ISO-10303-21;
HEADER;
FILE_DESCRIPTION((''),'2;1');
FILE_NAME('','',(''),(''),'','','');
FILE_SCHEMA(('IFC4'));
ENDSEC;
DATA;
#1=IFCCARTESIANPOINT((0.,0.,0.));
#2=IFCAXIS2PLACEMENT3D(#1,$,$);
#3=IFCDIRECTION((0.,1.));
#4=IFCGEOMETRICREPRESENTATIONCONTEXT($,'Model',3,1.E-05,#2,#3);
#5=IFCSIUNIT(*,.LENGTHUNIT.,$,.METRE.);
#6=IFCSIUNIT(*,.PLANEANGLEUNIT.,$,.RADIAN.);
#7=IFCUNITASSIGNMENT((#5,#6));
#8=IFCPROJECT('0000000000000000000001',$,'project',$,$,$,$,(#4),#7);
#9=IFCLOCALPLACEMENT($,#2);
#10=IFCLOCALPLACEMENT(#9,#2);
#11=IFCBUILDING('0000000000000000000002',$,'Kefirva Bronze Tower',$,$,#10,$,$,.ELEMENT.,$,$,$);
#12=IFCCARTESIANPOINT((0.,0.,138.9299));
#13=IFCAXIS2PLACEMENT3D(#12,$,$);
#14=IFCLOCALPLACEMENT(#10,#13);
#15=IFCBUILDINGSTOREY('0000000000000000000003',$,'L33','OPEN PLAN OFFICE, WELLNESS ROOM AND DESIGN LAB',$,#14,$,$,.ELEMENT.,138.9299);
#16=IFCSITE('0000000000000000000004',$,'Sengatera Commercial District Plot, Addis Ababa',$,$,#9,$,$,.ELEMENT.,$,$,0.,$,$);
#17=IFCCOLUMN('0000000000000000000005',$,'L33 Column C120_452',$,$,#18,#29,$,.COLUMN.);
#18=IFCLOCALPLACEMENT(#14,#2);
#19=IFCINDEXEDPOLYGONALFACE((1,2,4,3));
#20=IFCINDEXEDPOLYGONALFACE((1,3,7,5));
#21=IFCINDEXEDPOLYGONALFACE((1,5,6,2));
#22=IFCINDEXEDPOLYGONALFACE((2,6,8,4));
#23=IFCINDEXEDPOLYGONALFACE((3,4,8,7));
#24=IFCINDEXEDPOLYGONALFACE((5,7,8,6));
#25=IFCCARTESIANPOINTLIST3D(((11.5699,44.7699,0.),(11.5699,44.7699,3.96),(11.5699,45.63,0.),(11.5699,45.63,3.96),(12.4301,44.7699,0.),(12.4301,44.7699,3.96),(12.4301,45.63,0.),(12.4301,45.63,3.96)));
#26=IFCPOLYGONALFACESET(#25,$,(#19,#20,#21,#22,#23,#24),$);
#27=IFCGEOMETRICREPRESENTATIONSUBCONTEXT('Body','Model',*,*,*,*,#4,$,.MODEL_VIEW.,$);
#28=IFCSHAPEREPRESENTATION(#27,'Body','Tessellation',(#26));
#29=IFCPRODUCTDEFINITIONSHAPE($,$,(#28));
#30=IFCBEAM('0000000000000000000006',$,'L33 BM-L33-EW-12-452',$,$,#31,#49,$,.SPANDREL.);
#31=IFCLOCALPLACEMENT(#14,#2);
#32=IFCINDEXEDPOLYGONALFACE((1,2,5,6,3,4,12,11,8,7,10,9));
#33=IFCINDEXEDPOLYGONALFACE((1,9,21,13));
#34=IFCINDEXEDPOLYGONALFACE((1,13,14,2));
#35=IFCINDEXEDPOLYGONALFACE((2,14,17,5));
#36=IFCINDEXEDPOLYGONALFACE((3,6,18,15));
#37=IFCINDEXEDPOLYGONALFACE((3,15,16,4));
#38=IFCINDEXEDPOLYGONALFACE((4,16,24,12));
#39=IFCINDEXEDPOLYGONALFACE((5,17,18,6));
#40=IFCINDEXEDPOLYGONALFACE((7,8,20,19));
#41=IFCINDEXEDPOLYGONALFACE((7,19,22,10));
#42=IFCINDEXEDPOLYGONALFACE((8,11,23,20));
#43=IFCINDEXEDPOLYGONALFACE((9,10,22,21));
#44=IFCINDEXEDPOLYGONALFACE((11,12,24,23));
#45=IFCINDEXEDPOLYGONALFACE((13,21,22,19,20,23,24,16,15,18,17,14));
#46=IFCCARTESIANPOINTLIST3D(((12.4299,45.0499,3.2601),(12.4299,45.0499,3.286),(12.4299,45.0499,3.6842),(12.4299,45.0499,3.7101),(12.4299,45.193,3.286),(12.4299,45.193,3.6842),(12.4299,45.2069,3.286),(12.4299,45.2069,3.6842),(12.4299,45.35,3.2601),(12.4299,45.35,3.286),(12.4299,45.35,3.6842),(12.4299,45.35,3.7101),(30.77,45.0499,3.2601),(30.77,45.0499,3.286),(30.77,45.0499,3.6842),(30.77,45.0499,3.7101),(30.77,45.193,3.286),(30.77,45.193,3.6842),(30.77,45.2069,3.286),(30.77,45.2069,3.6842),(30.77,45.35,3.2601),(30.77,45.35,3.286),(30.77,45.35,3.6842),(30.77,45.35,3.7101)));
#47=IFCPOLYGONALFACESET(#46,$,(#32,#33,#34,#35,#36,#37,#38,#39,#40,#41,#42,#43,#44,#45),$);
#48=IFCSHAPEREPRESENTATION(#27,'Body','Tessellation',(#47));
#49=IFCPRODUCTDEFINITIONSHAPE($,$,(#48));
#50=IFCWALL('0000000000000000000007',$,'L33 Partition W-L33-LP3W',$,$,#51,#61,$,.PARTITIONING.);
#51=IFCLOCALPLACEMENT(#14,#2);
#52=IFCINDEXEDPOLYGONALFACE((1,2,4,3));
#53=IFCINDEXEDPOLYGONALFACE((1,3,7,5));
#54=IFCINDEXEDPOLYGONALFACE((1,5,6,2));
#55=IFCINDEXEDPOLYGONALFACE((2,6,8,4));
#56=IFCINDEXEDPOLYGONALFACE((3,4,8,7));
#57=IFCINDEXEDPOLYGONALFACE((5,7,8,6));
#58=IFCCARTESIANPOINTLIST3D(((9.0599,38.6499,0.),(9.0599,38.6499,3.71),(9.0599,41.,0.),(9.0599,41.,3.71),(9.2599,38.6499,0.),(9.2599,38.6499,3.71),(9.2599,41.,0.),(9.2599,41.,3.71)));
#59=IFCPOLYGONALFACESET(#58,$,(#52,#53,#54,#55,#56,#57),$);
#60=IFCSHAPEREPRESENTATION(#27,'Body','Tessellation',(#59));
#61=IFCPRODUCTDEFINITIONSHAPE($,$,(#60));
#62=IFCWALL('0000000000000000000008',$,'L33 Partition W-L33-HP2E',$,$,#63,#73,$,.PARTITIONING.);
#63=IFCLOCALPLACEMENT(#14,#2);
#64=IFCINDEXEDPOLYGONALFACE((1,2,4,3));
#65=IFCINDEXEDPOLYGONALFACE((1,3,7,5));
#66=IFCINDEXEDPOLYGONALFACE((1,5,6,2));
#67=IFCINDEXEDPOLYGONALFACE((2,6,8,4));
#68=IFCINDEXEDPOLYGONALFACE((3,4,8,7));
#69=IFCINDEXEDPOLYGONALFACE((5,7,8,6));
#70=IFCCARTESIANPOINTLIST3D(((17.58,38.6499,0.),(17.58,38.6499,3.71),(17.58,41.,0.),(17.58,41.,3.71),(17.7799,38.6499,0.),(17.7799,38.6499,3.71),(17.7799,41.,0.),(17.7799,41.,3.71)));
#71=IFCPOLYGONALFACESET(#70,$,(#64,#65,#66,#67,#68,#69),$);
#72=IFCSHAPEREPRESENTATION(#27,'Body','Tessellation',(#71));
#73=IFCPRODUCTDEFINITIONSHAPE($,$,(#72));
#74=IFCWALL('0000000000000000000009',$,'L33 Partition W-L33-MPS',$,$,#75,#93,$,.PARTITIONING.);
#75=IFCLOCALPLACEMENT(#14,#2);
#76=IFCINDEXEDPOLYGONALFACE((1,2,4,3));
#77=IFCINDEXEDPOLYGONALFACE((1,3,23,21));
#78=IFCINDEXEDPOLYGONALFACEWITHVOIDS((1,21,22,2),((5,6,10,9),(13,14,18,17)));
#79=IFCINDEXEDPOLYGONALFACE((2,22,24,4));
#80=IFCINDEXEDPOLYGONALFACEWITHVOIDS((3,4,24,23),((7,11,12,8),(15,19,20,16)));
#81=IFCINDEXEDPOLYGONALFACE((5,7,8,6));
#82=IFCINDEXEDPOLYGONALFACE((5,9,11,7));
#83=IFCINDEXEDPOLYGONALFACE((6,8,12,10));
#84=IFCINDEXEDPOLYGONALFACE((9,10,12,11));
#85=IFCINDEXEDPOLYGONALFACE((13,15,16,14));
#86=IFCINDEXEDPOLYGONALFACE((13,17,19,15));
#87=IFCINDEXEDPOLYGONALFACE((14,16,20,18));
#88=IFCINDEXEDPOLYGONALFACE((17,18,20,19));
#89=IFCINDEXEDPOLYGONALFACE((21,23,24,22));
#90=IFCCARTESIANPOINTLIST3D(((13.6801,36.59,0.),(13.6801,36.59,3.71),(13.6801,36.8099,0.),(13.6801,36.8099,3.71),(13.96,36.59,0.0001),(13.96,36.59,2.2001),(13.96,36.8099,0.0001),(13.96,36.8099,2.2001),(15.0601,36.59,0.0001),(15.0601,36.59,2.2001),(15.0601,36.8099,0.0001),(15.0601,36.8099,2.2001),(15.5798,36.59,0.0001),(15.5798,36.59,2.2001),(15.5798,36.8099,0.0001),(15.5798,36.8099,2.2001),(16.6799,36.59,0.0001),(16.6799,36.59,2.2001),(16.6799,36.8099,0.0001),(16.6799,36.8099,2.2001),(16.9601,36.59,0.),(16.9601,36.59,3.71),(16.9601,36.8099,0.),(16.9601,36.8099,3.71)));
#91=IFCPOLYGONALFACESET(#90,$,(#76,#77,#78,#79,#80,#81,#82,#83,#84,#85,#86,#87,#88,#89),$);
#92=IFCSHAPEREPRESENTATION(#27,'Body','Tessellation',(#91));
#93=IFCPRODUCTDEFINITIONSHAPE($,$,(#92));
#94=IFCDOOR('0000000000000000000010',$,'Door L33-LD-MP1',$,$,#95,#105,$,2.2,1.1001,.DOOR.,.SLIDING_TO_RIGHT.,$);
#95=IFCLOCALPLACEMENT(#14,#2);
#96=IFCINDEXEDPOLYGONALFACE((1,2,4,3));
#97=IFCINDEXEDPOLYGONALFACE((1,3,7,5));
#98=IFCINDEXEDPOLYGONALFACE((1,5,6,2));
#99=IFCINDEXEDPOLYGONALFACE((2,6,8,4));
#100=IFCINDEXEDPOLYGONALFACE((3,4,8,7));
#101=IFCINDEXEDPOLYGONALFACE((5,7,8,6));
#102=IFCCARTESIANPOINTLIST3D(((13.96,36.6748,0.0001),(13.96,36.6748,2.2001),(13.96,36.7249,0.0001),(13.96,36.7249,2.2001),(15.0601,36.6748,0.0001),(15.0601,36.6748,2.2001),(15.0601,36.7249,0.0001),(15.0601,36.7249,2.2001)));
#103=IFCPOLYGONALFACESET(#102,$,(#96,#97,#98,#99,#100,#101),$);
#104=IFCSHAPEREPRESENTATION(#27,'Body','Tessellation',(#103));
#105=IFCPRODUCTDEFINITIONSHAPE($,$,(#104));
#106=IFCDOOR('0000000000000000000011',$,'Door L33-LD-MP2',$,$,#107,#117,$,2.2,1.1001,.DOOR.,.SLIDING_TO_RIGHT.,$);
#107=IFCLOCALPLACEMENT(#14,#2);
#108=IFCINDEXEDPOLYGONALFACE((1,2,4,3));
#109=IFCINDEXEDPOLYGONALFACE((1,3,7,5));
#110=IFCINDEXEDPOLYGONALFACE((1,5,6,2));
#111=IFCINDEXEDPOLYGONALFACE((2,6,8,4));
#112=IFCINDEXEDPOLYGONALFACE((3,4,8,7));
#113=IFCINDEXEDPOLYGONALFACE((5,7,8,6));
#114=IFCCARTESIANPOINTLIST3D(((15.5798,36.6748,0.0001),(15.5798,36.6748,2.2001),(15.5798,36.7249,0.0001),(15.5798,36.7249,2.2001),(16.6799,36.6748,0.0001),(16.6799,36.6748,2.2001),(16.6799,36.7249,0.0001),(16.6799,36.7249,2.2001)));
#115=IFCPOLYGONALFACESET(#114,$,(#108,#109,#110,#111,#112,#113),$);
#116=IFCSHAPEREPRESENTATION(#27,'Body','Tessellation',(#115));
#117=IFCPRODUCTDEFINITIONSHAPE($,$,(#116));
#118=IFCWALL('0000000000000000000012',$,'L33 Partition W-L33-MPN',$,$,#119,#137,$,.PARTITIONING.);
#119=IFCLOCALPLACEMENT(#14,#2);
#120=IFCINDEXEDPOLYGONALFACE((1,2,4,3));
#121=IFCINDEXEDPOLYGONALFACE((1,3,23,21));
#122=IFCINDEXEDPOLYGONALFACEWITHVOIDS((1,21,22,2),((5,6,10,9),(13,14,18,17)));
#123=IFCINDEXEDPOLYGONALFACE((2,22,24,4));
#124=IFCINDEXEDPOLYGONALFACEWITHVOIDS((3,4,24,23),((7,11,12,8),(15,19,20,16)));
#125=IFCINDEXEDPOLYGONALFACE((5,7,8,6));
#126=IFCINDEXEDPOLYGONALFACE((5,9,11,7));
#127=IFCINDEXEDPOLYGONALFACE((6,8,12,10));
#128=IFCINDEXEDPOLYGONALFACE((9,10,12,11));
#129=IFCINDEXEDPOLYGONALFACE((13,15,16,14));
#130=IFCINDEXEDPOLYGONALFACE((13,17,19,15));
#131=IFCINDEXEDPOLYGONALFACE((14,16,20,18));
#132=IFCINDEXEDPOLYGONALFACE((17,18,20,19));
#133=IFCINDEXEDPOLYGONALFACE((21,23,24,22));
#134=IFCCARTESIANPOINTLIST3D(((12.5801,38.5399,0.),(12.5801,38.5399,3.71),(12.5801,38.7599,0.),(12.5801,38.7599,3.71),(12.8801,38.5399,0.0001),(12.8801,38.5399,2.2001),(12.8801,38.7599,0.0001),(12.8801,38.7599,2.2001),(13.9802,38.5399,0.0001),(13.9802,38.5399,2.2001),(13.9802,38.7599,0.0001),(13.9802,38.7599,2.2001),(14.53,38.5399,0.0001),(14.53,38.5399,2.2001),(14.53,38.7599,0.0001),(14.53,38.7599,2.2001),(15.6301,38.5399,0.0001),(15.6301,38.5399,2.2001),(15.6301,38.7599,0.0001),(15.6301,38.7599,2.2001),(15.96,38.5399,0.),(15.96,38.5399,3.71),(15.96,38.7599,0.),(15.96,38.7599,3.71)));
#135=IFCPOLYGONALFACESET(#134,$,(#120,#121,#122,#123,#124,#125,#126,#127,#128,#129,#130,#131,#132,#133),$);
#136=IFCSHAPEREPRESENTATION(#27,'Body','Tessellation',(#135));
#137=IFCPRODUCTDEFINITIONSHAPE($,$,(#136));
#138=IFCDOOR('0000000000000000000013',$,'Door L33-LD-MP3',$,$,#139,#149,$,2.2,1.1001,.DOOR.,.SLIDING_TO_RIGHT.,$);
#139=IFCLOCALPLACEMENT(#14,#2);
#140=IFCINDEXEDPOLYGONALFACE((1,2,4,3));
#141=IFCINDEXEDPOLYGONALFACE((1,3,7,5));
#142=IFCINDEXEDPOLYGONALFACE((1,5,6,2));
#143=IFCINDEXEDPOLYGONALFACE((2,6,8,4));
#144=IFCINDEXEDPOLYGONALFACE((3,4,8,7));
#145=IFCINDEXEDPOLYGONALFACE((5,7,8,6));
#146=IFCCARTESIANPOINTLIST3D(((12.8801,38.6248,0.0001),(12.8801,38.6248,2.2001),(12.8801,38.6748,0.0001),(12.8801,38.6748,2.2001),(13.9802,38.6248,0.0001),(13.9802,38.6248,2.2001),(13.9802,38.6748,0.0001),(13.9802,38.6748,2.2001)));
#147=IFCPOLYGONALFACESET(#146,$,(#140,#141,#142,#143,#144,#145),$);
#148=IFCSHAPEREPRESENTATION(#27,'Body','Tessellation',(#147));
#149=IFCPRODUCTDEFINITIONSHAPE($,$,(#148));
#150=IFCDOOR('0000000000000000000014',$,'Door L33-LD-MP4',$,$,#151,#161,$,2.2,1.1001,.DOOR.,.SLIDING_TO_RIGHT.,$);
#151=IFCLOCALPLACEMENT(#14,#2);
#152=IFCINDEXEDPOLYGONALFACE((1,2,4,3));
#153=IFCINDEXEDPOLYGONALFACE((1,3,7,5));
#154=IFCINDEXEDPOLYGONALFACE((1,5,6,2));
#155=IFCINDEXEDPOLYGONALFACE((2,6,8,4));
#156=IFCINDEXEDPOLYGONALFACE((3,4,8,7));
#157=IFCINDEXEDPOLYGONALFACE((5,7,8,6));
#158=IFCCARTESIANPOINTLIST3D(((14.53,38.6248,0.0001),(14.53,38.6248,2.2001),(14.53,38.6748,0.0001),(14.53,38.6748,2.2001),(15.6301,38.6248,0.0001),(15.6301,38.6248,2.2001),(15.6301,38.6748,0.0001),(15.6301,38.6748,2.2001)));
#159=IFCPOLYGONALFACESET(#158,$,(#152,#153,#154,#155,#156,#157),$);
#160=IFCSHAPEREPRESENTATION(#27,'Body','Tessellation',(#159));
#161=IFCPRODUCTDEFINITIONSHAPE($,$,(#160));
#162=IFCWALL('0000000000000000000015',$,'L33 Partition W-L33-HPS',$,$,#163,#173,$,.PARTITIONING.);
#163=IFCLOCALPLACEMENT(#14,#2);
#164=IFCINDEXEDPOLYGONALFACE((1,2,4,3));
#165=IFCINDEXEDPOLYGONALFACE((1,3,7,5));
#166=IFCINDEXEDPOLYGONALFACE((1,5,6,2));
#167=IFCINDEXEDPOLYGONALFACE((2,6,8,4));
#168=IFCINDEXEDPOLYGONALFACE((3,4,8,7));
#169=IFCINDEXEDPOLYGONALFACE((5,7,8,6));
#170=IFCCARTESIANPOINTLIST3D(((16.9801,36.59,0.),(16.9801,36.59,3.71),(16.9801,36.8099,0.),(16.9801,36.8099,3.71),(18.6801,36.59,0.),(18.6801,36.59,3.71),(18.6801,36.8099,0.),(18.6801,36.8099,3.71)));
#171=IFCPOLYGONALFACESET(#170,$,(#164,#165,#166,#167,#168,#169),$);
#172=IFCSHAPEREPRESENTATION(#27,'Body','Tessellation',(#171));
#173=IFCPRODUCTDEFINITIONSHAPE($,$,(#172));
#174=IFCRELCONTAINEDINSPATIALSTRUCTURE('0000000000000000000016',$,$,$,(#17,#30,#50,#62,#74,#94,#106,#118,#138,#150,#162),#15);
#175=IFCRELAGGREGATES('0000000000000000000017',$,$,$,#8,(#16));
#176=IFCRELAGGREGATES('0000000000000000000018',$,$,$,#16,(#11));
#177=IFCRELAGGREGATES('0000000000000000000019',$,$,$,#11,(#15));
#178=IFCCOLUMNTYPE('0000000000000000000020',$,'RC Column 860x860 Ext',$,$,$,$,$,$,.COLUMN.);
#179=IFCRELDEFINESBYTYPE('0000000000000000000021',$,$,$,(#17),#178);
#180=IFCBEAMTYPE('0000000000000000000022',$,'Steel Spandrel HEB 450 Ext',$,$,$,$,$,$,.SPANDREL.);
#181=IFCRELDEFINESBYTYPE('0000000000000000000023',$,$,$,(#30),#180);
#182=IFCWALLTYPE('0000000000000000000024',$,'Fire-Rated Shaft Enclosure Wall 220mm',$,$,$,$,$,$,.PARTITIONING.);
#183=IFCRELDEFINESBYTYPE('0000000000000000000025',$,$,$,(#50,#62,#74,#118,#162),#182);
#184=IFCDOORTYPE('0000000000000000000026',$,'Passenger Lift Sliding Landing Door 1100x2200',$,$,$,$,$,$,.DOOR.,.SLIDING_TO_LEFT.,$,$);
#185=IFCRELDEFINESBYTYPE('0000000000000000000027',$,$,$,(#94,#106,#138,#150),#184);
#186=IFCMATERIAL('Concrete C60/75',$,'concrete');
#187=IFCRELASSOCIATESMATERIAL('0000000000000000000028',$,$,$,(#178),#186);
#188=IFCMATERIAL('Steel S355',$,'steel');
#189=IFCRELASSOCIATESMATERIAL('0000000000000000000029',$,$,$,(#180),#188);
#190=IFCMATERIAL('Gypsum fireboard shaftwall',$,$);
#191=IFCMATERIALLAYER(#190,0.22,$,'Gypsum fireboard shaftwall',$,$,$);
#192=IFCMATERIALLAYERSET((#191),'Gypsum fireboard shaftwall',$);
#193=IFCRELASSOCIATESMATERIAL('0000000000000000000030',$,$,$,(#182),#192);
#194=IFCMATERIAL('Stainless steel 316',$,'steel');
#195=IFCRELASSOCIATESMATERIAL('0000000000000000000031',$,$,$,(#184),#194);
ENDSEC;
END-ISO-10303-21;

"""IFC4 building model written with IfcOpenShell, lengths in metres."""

from ifc_helpers import new_model, si_unit, direction, frame, frame_2d, origin, origin_2d, place, context, subcontext, project, spatial, rectangle, i_section, extrude, material, layer, layer_set, material_profile, profile_set, type_object, element, fill, save


model = new_model("IFC4")

# Units and contexts
model_context = context("Model", 3, precision=1e-05, world=origin(), true_north=direction((0.0, 1.0)))
body_context = subcontext(model_context, "Body", "Model", "MODEL_VIEW")
ifc_project = project(units=[si_unit("LENGTHUNIT", "METRE"), si_unit("PLANEANGLEUNIT", "RADIAN")], contexts=[model_context])

# Site, building, storey
site_placement = place(None, origin())
site = spatial("IfcSite", under=ifc_project, at=site_placement, Name="Sengatera Commercial District Plot, Addis Ababa", CompositionType="ELEMENT", RefElevation=0.0)
building_placement = place(site_placement, origin())
building = spatial("IfcBuilding", under=site, at=building_placement, Name="Kefirva Bronze Tower", CompositionType="ELEMENT")
storey_placement = place(building_placement, frame((0.0, 0.0, 138.9299)))
storey = spatial("IfcBuildingStorey", under=building, at=storey_placement, Name="L33", Description="OPEN PLAN OFFICE, WELLNESS ROOM AND DESIGN LAB", CompositionType="ELEMENT", Elevation=138.9299)

# Column
ifc_material_1 = material(Name="Concrete C60/75", Category="concrete")
ifc_material_profile_1 = material_profile(ifc_material_1, rectangle(XDim=0.8601, YDim=0.8601, at=origin_2d()), Name="RC 860x860")
ifc_profile_set_1 = profile_set([ifc_material_profile_1], Name="Concrete C60/75")
column_type = type_object("IfcColumnType", Name="RC Column 860x860 Ext", PredefinedType="COLUMN", material=ifc_profile_set_1)
column_placement = place(storey_placement, frame((12.0, 45.2, 0.0), z_axis=(0.0, 0.0, 1.0), x_axis=(1.0, 0.0, 0.0)))
element("IfcColumn", 1, at=column_placement, inside=storey, type_object=column_type, Name="L33 Column C120_452", PredefinedType="COLUMN", context=body_context, shape_type="SweptSolid", body=[
    extrude(rectangle(XDim=0.8601, YDim=0.8601, at=origin_2d()), origin(), (0.0, 0.0, 1.0), 3.96),
])

# Beam
ifc_material_2 = material(Name="Steel S355", Category="steel")
ifc_material_profile_2 = material_profile(ifc_material_2, i_section(OverallWidth=0.3, OverallDepth=0.45, WebThickness=0.0139, FlangeThickness=0.0259, at=origin_2d()), Name="HEB 450")
ifc_profile_set_2 = profile_set([ifc_material_profile_2], Name="Steel S355")
beam_type = type_object("IfcBeamType", Name="Steel Spandrel HEB 450 Ext", PredefinedType="SPANDREL", material=ifc_profile_set_2)
beam_placement = place(storey_placement, frame((12.4299, 45.2, 3.4851), z_axis=(1.0, 0.0, 0.0), x_axis=(0.0, 1.0, 0.0)))
element("IfcBeam", 2, at=beam_placement, inside=storey, type_object=beam_type, Name="L33 BM-L33-EW-12-452", PredefinedType="SPANDREL", context=body_context, shape_type="SweptSolid", body=[
    extrude(i_section(OverallWidth=0.3, OverallDepth=0.45, WebThickness=0.0139, FlangeThickness=0.0259, at=origin_2d()), origin(), (0.0, 0.0, 1.0), 18.3401),
])

# Walls
ifc_material_3 = material(Name="Gypsum fireboard shaftwall")
ifc_layer_1 = layer(ifc_material_3, 0.22, Name="Gypsum fireboard shaftwall")
ifc_layer_set_1 = layer_set([ifc_layer_1], Name="Gypsum fireboard shaftwall")
wall_type_1 = type_object("IfcWallType", Name="Fire-Rated Shaft Enclosure Wall 220mm", PredefinedType="PARTITIONING", material=ifc_layer_set_1)
for number, where, z_axis, x_axis, name in (
    (3, (9.1599, 38.6499, 0.0), (0.0, 0.0, 1.0), (0.0, 1.0, 0.0), "L33 Partition W-L33-LP3W"),
    (4, (17.6799, 38.6499, 0.0), (0.0, 0.0, 1.0), (0.0, 1.0, 0.0), "L33 Partition W-L33-HP2E"),
):
    element("IfcWall", number, at=place(storey_placement, frame(where, z_axis=z_axis, x_axis=x_axis)), inside=storey, type_object=wall_type_1, Name=name, PredefinedType="PARTITIONING", context=body_context, shape_type="SweptSolid", body=[
        extrude(rectangle(XDim=2.3501, YDim=0.2, at=frame_2d((1.175, 0.0))), origin(), (0.0, 0.0, 1.0), 3.71),
    ])

# Walls, openings, doors
wall_1_placement = place(storey_placement, frame((13.6799, 36.7, 0.0), z_axis=(0.0, 0.0, 1.0), x_axis=(1.0, 0.0, 0.0)))
wall_1 = element("IfcWall", 5, at=wall_1_placement, inside=storey, type_object=wall_type_1, Name="L33 Partition W-L33-MPS", PredefinedType="PARTITIONING", context=body_context, shape_type="SweptSolid", body=[
    extrude(rectangle(XDim=3.28, YDim=0.22, at=frame_2d((1.6401, 0.0))), origin(), (0.0, 0.0, 1.0), 3.71),
])
opening_1_placement = place(wall_1_placement, frame((0.28, 0.0, 0.0)))
opening_1 = element("IfcOpeningElement", 6, at=opening_1_placement, cuts=wall_1, PredefinedType="OPENING", context=body_context, shape_type="SweptSolid", body=[
    extrude(rectangle(XDim=1.1001, YDim=2.2, at=frame_2d((0.55, 1.1001))), frame((0.0, 0.1201, 0.0), z_axis=(0.0, -1.0, 0.0), x_axis=(1.0, 0.0, 0.0)), (0.0, 0.0, 1.0), 0.24),
])
opening_2_placement = place(wall_1_placement, frame((1.8999, 0.0, 0.0)))
opening_2 = element("IfcOpeningElement", 7, at=opening_2_placement, cuts=wall_1, PredefinedType="OPENING", context=body_context, shape_type="SweptSolid", body=[
    extrude(rectangle(XDim=1.1001, YDim=2.2, at=frame_2d((0.55, 1.1001))), frame((0.0, 0.1201, 0.0), z_axis=(0.0, -1.0, 0.0), x_axis=(1.0, 0.0, 0.0)), (0.0, 0.0, 1.0), 0.24),
])
ifc_material_4 = material(Name="Stainless steel 316", Category="steel")
door_type_1 = type_object("IfcDoorType", Name="Passenger Lift Sliding Landing Door 1100x2200", OperationType="SLIDING_TO_LEFT", PredefinedType="DOOR", material=ifc_material_4)
door_1_placement = place(opening_1_placement, origin())
door_1 = element("IfcDoor", 8, at=door_1_placement, inside=storey, type_object=door_type_1, Name="Door L33-LD-MP1", OperationType="SLIDING_TO_RIGHT", OverallHeight=2.2, OverallWidth=1.1001, PredefinedType="DOOR", context=body_context, shape_type="SweptSolid", body=[
    extrude(rectangle(XDim=1.1001, YDim=2.2, at=frame_2d((0.55, 1.1001))), frame((0.0, 0.0249, 0.0), z_axis=(0.0, -1.0, 0.0), x_axis=(1.0, 0.0, 0.0)), (0.0, 0.0, 1.0), 0.05),
])
fill(opening_1, door_1)
door_2_placement = place(opening_2_placement, origin())
door_2 = element("IfcDoor", 9, at=door_2_placement, inside=storey, type_object=door_type_1, Name="Door L33-LD-MP2", OperationType="SLIDING_TO_RIGHT", OverallHeight=2.2, OverallWidth=1.1001, PredefinedType="DOOR", context=body_context, shape_type="SweptSolid", body=[
    extrude(rectangle(XDim=1.1001, YDim=2.2, at=frame_2d((0.55, 1.1001))), frame((0.0, 0.0249, 0.0), z_axis=(0.0, -1.0, 0.0), x_axis=(1.0, 0.0, 0.0)), (0.0, 0.0, 1.0), 0.05),
])
fill(opening_2, door_2)
wall_2_placement = place(storey_placement, frame((12.5801, 38.6499, 0.0), z_axis=(0.0, 0.0, 1.0), x_axis=(1.0, 0.0, 0.0)))
wall_2 = element("IfcWall", 10, at=wall_2_placement, inside=storey, type_object=wall_type_1, Name="L33 Partition W-L33-MPN", PredefinedType="PARTITIONING", context=body_context, shape_type="SweptSolid", body=[
    extrude(rectangle(XDim=3.3799, YDim=0.22, at=frame_2d((1.6899, 0.0))), origin(), (0.0, 0.0, 1.0), 3.71),
])
opening_3_placement = place(wall_2_placement, frame((0.3, 0.0, 0.0)))
opening_3 = element("IfcOpeningElement", 11, at=opening_3_placement, cuts=wall_2, PredefinedType="OPENING", context=body_context, shape_type="SweptSolid", body=[
    extrude(rectangle(XDim=1.1001, YDim=2.2, at=frame_2d((0.55, 1.1001))), frame((0.0, 0.1201, 0.0), z_axis=(0.0, -1.0, 0.0), x_axis=(1.0, 0.0, 0.0)), (0.0, 0.0, 1.0), 0.24),
])
opening_4_placement = place(wall_2_placement, frame((1.95, 0.0, 0.0)))
opening_4 = element("IfcOpeningElement", 12, at=opening_4_placement, cuts=wall_2, PredefinedType="OPENING", context=body_context, shape_type="SweptSolid", body=[
    extrude(rectangle(XDim=1.1001, YDim=2.2, at=frame_2d((0.55, 1.1001))), frame((0.0, 0.1201, 0.0), z_axis=(0.0, -1.0, 0.0), x_axis=(1.0, 0.0, 0.0)), (0.0, 0.0, 1.0), 0.24),
])
door_3_placement = place(opening_3_placement, origin())
door_3 = element("IfcDoor", 13, at=door_3_placement, inside=storey, type_object=door_type_1, Name="Door L33-LD-MP3", OperationType="SLIDING_TO_RIGHT", OverallHeight=2.2, OverallWidth=1.1001, PredefinedType="DOOR", context=body_context, shape_type="SweptSolid", body=[
    extrude(rectangle(XDim=1.1001, YDim=2.2, at=frame_2d((0.55, 1.1001))), frame((0.0, 0.0249, 0.0), z_axis=(0.0, -1.0, 0.0), x_axis=(1.0, 0.0, 0.0)), (0.0, 0.0, 1.0), 0.05),
])
fill(opening_3, door_3)
door_4_placement = place(opening_4_placement, origin())
door_4 = element("IfcDoor", 14, at=door_4_placement, inside=storey, type_object=door_type_1, Name="Door L33-LD-MP4", OperationType="SLIDING_TO_RIGHT", OverallHeight=2.2, OverallWidth=1.1001, PredefinedType="DOOR", context=body_context, shape_type="SweptSolid", body=[
    extrude(rectangle(XDim=1.1001, YDim=2.2, at=frame_2d((0.55, 1.1001))), frame((0.0, 0.0249, 0.0), z_axis=(0.0, -1.0, 0.0), x_axis=(1.0, 0.0, 0.0)), (0.0, 0.0, 1.0), 0.05),
])
fill(opening_4, door_4)

# Wall
wall_3_placement = place(storey_placement, frame((16.98, 36.7, 0.0), z_axis=(0.0, 0.0, 1.0), x_axis=(1.0, 0.0, 0.0)))
element("IfcWall", 15, at=wall_3_placement, inside=storey, type_object=wall_type_1, Name="L33 Partition W-L33-HPS", PredefinedType="PARTITIONING", context=body_context, shape_type="SweptSolid", body=[
    extrude(rectangle(XDim=1.7, YDim=0.22, at=frame_2d((0.8501, 0.0))), origin(), (0.0, 0.0, 1.0), 3.71),
])

save(model, "model.ifc")
